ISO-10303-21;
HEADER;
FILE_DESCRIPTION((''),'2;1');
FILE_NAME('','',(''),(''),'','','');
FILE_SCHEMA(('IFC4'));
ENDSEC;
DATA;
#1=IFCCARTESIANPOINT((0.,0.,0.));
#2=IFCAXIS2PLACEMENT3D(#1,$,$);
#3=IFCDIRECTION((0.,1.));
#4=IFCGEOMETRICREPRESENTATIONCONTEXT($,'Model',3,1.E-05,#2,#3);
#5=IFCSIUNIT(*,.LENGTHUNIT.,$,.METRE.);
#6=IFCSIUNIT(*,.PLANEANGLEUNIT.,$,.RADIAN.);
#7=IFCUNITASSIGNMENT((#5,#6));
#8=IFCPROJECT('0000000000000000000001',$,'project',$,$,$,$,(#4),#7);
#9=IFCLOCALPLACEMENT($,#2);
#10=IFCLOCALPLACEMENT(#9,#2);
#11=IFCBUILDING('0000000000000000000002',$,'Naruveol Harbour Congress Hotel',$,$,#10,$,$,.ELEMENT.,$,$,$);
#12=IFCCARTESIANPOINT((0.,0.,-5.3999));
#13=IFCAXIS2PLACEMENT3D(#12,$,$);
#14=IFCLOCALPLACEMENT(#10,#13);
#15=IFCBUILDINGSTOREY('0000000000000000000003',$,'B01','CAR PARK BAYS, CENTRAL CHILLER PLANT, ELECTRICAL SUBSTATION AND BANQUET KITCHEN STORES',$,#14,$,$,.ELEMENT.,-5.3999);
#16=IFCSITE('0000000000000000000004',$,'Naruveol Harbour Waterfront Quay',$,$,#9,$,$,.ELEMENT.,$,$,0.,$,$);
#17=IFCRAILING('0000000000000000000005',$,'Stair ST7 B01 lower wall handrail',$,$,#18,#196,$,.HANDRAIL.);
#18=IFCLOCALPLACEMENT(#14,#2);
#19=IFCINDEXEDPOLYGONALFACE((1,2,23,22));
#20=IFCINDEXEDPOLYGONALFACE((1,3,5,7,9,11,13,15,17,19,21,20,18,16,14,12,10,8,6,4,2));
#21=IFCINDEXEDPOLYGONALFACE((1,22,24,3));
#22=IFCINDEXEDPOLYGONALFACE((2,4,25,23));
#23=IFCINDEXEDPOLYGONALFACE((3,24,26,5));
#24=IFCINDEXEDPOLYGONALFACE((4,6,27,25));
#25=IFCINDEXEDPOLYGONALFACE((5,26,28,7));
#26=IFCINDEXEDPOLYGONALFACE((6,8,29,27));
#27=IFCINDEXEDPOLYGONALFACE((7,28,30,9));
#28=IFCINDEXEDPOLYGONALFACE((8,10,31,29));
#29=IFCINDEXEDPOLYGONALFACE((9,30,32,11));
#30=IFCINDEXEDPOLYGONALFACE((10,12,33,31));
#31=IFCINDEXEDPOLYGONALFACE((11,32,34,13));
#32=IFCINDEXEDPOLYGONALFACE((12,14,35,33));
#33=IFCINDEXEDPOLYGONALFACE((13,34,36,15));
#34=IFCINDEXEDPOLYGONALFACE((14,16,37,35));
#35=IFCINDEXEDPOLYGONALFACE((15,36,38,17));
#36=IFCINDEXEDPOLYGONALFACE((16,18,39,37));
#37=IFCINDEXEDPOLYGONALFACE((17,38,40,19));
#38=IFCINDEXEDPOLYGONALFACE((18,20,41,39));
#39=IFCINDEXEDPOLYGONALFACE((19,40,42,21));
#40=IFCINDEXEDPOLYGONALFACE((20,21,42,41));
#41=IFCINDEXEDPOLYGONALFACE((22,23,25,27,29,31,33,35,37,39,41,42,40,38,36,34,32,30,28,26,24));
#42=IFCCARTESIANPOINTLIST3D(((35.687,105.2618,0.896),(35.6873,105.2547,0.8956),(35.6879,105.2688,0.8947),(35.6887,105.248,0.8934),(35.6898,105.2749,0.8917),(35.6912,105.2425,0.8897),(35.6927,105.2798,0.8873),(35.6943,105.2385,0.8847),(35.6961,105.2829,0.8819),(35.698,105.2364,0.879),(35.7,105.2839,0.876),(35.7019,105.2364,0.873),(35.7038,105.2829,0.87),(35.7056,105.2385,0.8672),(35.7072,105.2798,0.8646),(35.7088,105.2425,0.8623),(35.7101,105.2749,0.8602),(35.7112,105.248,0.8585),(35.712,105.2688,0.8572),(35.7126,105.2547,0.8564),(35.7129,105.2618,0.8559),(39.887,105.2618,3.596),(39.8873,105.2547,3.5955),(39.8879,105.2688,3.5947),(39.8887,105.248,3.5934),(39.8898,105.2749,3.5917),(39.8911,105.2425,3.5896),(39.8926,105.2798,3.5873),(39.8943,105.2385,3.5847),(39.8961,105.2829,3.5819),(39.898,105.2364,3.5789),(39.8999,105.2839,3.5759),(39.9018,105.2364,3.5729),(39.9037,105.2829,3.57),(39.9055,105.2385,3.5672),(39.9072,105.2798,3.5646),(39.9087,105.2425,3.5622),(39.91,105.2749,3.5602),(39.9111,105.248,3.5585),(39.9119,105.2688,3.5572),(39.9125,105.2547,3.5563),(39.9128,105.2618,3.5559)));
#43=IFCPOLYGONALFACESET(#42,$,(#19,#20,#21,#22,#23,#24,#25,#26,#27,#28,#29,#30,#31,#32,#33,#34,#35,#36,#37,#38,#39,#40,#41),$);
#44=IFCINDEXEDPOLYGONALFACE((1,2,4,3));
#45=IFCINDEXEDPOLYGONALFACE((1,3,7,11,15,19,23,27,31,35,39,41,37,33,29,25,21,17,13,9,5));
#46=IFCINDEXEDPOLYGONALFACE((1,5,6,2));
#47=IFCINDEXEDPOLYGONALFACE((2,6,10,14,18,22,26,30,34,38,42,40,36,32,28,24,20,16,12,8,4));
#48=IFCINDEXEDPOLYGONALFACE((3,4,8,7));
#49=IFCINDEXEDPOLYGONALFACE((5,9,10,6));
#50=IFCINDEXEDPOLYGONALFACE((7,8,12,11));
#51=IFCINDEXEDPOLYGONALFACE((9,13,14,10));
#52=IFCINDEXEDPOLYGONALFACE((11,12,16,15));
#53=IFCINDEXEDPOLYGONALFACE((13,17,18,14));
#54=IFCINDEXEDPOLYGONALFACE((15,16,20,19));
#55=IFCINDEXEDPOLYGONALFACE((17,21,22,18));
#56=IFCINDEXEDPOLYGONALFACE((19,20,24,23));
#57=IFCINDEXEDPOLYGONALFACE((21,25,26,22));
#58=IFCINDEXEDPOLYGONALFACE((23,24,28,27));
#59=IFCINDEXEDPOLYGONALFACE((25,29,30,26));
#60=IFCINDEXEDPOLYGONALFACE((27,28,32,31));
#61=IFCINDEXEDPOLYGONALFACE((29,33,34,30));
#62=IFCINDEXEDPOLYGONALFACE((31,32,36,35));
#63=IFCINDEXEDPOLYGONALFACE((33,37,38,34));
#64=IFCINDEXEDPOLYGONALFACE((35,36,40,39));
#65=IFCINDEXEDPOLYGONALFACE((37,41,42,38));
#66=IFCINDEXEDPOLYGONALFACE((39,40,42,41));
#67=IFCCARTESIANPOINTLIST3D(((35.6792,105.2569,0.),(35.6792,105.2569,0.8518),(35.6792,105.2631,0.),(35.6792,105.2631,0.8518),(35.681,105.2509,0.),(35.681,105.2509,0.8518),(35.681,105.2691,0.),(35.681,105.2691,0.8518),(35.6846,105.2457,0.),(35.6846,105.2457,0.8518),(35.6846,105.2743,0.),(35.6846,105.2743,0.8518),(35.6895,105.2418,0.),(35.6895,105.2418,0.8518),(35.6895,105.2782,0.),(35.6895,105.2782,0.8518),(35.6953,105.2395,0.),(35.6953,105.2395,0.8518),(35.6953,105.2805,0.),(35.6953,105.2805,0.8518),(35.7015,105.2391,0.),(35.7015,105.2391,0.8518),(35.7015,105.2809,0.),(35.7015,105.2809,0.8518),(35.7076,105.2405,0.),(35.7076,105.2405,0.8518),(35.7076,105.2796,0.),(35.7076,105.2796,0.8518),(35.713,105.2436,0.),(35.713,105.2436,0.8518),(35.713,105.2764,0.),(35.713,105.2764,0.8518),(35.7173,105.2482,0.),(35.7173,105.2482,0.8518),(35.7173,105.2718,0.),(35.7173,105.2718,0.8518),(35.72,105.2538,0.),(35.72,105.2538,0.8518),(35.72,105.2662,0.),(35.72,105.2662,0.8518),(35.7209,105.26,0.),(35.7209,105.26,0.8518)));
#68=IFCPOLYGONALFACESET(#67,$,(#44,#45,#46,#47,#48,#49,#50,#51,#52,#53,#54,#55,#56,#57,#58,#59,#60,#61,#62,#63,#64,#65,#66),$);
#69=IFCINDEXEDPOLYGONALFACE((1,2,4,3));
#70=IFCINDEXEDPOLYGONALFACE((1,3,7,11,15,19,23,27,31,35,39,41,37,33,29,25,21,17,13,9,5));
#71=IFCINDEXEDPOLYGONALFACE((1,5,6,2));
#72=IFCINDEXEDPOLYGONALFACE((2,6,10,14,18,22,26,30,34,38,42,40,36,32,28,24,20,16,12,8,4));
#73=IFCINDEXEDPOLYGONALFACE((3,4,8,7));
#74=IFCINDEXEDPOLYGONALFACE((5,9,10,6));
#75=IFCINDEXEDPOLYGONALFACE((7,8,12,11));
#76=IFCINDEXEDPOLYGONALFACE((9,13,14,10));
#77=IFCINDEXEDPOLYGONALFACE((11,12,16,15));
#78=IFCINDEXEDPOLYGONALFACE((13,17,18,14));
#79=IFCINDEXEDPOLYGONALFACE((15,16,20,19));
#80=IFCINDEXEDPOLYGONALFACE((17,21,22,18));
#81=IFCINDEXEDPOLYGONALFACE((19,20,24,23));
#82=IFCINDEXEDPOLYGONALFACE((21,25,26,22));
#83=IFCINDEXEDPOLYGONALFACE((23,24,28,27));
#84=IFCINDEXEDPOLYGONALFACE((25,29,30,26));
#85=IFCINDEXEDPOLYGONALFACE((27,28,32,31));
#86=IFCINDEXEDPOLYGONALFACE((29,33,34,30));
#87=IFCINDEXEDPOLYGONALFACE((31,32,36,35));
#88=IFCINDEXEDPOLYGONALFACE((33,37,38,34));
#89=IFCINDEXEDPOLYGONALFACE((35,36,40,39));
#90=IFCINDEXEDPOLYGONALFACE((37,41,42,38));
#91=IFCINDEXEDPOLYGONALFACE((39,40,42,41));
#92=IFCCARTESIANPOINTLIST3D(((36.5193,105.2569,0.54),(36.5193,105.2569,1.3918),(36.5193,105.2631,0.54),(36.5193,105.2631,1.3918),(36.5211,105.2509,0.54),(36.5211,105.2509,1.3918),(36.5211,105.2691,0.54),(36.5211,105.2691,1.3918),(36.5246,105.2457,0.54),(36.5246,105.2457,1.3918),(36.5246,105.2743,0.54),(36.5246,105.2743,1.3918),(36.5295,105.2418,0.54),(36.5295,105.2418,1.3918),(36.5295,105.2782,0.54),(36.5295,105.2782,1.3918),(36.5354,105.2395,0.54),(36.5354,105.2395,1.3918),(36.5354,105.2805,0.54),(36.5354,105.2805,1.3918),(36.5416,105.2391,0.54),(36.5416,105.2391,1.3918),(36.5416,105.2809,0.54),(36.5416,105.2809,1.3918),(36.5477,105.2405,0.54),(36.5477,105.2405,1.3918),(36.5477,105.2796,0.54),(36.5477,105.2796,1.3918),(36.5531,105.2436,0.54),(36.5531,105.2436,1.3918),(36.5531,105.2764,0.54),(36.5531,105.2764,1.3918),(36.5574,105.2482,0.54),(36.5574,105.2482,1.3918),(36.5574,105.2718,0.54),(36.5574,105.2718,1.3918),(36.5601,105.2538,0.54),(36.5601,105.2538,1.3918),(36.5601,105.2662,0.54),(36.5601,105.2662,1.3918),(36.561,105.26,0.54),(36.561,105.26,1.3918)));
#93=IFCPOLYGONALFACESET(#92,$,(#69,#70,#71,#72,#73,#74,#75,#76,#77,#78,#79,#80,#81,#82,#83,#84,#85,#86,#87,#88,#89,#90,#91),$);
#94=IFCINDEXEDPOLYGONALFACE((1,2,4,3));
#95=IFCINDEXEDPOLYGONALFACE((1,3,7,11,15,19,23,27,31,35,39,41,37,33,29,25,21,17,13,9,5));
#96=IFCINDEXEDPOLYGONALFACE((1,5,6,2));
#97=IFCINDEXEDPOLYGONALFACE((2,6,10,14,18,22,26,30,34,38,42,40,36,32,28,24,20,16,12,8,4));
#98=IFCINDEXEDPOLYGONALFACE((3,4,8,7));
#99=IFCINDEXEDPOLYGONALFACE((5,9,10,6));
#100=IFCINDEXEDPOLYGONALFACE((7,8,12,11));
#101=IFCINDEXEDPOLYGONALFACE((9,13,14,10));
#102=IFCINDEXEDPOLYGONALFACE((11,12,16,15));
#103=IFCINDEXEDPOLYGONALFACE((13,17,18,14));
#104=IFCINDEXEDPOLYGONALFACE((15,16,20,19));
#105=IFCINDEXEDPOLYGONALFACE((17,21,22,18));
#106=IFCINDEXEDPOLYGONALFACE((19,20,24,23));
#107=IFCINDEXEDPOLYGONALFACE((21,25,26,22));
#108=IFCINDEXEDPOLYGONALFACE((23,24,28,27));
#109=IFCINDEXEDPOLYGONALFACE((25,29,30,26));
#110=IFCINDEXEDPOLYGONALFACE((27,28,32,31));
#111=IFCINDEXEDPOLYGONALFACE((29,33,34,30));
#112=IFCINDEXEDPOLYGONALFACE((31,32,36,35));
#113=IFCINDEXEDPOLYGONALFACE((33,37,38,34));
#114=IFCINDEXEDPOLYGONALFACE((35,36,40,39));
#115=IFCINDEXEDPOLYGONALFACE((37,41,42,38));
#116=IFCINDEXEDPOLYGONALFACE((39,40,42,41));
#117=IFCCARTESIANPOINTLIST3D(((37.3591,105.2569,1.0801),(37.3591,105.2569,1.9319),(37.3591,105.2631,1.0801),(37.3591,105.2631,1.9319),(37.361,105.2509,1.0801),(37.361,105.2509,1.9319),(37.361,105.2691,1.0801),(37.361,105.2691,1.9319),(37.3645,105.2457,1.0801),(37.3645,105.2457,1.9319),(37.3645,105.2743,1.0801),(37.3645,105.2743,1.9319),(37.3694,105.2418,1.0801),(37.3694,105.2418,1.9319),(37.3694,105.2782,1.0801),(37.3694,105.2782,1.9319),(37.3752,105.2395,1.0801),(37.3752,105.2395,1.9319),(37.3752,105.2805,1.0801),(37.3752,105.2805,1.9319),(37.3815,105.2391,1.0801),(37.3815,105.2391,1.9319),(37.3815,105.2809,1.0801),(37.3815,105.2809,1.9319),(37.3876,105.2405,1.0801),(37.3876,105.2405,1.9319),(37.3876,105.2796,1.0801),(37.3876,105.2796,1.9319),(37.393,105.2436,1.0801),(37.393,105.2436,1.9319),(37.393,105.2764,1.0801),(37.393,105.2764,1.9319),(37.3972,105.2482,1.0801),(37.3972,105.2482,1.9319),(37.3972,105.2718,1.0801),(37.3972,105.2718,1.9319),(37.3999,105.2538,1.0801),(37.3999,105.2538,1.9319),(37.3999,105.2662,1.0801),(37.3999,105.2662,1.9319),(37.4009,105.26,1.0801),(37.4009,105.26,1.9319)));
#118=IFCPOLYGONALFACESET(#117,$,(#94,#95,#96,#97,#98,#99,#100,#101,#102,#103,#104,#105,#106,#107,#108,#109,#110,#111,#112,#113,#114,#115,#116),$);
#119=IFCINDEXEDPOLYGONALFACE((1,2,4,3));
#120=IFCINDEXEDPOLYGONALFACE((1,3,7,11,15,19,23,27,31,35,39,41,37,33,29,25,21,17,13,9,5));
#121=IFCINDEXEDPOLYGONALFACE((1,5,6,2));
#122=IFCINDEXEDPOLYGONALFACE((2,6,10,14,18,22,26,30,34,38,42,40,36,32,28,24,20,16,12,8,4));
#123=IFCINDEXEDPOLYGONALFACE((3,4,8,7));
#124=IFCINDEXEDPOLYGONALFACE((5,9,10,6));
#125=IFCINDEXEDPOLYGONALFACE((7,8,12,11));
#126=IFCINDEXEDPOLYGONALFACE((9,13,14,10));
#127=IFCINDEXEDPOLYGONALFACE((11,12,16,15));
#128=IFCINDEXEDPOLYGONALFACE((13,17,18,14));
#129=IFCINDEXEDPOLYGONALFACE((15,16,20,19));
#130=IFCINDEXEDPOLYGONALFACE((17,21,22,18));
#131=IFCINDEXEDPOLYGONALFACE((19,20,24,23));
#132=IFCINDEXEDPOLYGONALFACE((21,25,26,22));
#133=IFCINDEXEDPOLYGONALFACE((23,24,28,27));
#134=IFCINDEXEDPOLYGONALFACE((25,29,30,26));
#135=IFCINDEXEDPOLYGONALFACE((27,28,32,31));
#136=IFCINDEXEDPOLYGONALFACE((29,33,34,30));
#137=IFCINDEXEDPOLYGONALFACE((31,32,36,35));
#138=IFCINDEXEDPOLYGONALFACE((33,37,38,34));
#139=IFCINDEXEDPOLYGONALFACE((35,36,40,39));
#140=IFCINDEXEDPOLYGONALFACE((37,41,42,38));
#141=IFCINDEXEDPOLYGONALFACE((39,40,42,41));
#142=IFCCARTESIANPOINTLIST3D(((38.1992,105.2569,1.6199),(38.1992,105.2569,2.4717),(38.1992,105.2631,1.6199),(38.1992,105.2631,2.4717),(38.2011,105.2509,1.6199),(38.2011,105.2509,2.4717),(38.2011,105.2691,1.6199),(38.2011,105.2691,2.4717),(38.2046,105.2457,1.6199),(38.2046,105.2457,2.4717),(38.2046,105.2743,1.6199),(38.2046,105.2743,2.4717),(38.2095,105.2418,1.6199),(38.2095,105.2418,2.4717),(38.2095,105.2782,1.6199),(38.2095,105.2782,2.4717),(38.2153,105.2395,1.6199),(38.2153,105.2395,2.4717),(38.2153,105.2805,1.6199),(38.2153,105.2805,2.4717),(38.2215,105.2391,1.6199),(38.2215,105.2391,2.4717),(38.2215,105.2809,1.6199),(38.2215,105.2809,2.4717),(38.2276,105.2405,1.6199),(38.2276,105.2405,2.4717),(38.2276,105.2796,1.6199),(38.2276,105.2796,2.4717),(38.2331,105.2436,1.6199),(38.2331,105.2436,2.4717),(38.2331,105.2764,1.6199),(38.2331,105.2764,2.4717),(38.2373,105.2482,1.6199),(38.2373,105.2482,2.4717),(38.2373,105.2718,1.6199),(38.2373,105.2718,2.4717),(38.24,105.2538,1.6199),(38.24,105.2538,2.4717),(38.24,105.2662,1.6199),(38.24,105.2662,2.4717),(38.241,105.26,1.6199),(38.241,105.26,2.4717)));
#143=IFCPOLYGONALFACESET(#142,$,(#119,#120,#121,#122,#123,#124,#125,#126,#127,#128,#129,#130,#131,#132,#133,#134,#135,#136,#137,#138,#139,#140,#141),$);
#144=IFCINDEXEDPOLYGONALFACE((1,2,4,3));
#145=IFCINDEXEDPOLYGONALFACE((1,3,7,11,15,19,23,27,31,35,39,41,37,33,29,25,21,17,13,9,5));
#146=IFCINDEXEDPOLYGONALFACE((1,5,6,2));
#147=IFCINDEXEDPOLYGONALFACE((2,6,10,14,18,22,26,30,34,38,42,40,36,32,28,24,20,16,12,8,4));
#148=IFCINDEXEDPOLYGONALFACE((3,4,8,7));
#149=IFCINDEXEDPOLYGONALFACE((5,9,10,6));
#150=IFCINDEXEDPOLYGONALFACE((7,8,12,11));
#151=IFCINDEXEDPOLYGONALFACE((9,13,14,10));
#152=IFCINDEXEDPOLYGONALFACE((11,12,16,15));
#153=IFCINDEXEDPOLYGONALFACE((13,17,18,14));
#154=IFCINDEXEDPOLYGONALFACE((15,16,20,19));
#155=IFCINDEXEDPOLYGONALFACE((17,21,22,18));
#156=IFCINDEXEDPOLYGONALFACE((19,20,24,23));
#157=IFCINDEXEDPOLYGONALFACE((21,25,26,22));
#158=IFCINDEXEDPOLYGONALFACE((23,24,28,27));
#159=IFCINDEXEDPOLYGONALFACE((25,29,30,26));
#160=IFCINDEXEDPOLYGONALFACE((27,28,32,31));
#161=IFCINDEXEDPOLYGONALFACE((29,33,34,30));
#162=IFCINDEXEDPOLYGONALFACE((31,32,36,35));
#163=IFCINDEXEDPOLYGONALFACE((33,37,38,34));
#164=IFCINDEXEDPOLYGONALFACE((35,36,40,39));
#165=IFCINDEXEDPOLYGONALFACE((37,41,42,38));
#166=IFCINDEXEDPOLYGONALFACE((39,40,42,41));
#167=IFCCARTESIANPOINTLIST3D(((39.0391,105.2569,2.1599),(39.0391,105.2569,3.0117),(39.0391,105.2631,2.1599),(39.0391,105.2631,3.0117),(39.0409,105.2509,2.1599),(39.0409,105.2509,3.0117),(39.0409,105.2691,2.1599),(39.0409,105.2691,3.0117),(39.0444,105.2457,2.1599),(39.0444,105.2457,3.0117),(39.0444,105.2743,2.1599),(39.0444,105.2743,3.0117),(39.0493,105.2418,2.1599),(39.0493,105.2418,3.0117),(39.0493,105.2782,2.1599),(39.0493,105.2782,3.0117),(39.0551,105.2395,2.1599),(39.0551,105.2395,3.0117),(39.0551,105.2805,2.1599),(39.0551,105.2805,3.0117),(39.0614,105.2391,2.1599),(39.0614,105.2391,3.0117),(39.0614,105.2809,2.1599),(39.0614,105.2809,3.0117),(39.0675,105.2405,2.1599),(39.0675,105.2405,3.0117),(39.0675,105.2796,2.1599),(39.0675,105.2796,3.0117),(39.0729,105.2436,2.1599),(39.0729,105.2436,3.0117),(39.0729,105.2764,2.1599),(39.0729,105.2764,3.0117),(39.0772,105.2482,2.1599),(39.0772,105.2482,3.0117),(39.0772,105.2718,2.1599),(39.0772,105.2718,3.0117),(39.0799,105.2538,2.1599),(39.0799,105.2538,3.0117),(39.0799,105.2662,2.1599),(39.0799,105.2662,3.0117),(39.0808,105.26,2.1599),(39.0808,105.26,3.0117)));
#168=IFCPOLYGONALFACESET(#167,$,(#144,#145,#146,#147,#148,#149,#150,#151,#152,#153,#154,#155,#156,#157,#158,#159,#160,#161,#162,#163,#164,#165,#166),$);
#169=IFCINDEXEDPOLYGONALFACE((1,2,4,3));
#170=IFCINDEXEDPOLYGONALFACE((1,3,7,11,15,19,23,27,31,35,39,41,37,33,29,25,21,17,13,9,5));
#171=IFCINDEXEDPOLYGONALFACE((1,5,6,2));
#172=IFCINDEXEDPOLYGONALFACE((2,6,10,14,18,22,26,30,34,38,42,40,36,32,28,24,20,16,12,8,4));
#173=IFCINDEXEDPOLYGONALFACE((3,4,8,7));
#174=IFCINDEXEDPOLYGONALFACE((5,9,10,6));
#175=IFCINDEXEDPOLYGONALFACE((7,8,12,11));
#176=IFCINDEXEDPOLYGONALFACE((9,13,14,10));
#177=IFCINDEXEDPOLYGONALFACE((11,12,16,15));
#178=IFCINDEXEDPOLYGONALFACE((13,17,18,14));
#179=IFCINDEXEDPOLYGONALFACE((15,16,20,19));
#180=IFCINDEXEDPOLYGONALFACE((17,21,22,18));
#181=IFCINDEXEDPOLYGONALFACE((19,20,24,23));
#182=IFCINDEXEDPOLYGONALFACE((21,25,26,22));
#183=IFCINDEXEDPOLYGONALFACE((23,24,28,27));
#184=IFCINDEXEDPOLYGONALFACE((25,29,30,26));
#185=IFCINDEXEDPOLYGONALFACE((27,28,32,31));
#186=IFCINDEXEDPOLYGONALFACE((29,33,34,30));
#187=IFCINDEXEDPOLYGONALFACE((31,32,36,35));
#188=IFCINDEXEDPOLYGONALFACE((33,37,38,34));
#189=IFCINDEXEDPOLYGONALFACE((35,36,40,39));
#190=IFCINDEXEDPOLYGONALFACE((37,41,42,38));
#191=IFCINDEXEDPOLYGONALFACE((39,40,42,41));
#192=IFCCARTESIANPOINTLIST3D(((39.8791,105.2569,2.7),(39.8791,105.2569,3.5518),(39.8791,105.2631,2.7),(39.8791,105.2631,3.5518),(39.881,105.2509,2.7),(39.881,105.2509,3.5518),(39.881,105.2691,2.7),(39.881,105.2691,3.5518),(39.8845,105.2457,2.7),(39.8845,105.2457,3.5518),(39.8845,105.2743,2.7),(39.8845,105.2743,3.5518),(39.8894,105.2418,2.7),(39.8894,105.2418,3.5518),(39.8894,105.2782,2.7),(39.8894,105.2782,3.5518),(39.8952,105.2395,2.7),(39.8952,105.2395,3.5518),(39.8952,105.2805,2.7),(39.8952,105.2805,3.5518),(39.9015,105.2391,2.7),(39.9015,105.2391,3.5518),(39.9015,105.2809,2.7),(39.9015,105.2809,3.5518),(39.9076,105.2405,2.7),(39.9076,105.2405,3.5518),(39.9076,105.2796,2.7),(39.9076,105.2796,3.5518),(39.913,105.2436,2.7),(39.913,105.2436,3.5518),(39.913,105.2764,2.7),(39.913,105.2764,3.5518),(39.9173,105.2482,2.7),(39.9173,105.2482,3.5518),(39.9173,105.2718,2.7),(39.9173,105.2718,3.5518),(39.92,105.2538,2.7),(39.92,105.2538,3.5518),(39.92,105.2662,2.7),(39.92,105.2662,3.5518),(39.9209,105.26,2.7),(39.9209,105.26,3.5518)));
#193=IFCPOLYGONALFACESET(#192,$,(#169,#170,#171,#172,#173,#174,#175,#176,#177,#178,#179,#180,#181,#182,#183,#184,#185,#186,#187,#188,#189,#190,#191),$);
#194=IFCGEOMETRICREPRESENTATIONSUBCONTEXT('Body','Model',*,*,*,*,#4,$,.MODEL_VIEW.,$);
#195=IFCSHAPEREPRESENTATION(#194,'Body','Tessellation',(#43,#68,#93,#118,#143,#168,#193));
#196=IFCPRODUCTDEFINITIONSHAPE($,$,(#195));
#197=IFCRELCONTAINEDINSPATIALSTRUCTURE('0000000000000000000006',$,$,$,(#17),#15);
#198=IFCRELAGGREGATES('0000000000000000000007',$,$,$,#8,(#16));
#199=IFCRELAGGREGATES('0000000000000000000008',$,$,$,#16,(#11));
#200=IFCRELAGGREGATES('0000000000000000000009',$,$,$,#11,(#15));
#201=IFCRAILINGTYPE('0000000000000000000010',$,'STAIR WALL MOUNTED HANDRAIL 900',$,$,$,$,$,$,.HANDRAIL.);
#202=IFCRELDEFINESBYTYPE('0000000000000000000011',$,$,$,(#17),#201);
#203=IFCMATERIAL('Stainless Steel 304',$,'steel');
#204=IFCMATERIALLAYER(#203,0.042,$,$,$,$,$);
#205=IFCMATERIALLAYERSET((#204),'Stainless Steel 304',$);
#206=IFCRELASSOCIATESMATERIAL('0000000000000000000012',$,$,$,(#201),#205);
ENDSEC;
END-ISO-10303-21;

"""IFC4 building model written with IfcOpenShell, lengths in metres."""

from ifc_helpers import new_model, si_unit, direction, frame, origin, origin_2d, place, context, subcontext, project, spatial, circle, extrude, material, layer, layer_set, type_object, element, save


model = new_model("IFC4")

# Units and contexts
model_context = context("Model", 3, precision=1e-05, world=origin(), true_north=direction((0.0, 1.0)))
body_context = subcontext(model_context, "Body", "Model", "MODEL_VIEW")
ifc_project = project(units=[si_unit("LENGTHUNIT", "METRE"), si_unit("PLANEANGLEUNIT", "RADIAN")], contexts=[model_context])

# Site, building, storey
site_placement = place(None, origin())
site = spatial("IfcSite", under=ifc_project, at=site_placement, Name="Naruveol Harbour Waterfront Quay", CompositionType="ELEMENT", RefElevation=0.0)
building_placement = place(site_placement, origin())
building = spatial("IfcBuilding", under=site, at=building_placement, Name="Naruveol Harbour Congress Hotel", CompositionType="ELEMENT")
storey_placement = place(building_placement, frame((0.0, 0.0, -5.3999)))
storey = spatial("IfcBuildingStorey", under=building, at=storey_placement, Name="B01", Description="CAR PARK BAYS, CENTRAL CHILLER PLANT, ELECTRICAL SUBSTATION AND BANQUET KITCHEN STORES", CompositionType="ELEMENT", Elevation=-5.3999)

# Railing
ifc_material_1 = material(Name="Stainless Steel 304", Category="steel")
ifc_layer_1 = layer(ifc_material_1, 0.042)
ifc_layer_set_1 = layer_set([ifc_layer_1], Name="Stainless Steel 304")
railing_type_1 = type_object("IfcRailingType", Name="STAIR WALL MOUNTED HANDRAIL 900", PredefinedType="HANDRAIL", material=ifc_layer_set_1)
railing_1_placement = place(storey_placement, frame((35.7, 105.26, 0.0)))
element("IfcRailing", 1, at=railing_1_placement, inside=storey, type_object=railing_type_1, Name="Stair ST7 B01 lower wall handrail", PredefinedType="HANDRAIL", context=body_context, shape_type="SweptSolid", body=[
    extrude(circle(Radius=0.0239, at=origin_2d()), frame((0.0, 0.0, 0.876), z_axis=(0.84118, 0.0, 0.540755), x_axis=(0.0, 1.0, 0.0)), (0.0, 0.0, 1.0), 4.9929),
    extrude(circle(Radius=0.021, at=origin_2d()), origin(), (0.0, 0.0, 1.0), 0.8518),
    extrude(circle(Radius=0.021, at=origin_2d()), frame((0.8401, 0.0, 0.54)), (0.0, 0.0, 1.0), 0.8518),
    extrude(circle(Radius=0.021, at=origin_2d()), frame((1.6799, 0.0, 1.0801)), (0.0, 0.0, 1.0), 0.8518),
    extrude(circle(Radius=0.021, at=origin_2d()), frame((2.52, 0.0, 1.6199)), (0.0, 0.0, 1.0), 0.8518),
    extrude(circle(Radius=0.021, at=origin_2d()), frame((3.3599, 0.0, 2.1599)), (0.0, 0.0, 1.0), 0.8518),
    extrude(circle(Radius=0.021, at=origin_2d()), frame((4.2, 0.0, 2.7)), (0.0, 0.0, 1.0), 0.8518),
])

save(model, "model.ifc")
